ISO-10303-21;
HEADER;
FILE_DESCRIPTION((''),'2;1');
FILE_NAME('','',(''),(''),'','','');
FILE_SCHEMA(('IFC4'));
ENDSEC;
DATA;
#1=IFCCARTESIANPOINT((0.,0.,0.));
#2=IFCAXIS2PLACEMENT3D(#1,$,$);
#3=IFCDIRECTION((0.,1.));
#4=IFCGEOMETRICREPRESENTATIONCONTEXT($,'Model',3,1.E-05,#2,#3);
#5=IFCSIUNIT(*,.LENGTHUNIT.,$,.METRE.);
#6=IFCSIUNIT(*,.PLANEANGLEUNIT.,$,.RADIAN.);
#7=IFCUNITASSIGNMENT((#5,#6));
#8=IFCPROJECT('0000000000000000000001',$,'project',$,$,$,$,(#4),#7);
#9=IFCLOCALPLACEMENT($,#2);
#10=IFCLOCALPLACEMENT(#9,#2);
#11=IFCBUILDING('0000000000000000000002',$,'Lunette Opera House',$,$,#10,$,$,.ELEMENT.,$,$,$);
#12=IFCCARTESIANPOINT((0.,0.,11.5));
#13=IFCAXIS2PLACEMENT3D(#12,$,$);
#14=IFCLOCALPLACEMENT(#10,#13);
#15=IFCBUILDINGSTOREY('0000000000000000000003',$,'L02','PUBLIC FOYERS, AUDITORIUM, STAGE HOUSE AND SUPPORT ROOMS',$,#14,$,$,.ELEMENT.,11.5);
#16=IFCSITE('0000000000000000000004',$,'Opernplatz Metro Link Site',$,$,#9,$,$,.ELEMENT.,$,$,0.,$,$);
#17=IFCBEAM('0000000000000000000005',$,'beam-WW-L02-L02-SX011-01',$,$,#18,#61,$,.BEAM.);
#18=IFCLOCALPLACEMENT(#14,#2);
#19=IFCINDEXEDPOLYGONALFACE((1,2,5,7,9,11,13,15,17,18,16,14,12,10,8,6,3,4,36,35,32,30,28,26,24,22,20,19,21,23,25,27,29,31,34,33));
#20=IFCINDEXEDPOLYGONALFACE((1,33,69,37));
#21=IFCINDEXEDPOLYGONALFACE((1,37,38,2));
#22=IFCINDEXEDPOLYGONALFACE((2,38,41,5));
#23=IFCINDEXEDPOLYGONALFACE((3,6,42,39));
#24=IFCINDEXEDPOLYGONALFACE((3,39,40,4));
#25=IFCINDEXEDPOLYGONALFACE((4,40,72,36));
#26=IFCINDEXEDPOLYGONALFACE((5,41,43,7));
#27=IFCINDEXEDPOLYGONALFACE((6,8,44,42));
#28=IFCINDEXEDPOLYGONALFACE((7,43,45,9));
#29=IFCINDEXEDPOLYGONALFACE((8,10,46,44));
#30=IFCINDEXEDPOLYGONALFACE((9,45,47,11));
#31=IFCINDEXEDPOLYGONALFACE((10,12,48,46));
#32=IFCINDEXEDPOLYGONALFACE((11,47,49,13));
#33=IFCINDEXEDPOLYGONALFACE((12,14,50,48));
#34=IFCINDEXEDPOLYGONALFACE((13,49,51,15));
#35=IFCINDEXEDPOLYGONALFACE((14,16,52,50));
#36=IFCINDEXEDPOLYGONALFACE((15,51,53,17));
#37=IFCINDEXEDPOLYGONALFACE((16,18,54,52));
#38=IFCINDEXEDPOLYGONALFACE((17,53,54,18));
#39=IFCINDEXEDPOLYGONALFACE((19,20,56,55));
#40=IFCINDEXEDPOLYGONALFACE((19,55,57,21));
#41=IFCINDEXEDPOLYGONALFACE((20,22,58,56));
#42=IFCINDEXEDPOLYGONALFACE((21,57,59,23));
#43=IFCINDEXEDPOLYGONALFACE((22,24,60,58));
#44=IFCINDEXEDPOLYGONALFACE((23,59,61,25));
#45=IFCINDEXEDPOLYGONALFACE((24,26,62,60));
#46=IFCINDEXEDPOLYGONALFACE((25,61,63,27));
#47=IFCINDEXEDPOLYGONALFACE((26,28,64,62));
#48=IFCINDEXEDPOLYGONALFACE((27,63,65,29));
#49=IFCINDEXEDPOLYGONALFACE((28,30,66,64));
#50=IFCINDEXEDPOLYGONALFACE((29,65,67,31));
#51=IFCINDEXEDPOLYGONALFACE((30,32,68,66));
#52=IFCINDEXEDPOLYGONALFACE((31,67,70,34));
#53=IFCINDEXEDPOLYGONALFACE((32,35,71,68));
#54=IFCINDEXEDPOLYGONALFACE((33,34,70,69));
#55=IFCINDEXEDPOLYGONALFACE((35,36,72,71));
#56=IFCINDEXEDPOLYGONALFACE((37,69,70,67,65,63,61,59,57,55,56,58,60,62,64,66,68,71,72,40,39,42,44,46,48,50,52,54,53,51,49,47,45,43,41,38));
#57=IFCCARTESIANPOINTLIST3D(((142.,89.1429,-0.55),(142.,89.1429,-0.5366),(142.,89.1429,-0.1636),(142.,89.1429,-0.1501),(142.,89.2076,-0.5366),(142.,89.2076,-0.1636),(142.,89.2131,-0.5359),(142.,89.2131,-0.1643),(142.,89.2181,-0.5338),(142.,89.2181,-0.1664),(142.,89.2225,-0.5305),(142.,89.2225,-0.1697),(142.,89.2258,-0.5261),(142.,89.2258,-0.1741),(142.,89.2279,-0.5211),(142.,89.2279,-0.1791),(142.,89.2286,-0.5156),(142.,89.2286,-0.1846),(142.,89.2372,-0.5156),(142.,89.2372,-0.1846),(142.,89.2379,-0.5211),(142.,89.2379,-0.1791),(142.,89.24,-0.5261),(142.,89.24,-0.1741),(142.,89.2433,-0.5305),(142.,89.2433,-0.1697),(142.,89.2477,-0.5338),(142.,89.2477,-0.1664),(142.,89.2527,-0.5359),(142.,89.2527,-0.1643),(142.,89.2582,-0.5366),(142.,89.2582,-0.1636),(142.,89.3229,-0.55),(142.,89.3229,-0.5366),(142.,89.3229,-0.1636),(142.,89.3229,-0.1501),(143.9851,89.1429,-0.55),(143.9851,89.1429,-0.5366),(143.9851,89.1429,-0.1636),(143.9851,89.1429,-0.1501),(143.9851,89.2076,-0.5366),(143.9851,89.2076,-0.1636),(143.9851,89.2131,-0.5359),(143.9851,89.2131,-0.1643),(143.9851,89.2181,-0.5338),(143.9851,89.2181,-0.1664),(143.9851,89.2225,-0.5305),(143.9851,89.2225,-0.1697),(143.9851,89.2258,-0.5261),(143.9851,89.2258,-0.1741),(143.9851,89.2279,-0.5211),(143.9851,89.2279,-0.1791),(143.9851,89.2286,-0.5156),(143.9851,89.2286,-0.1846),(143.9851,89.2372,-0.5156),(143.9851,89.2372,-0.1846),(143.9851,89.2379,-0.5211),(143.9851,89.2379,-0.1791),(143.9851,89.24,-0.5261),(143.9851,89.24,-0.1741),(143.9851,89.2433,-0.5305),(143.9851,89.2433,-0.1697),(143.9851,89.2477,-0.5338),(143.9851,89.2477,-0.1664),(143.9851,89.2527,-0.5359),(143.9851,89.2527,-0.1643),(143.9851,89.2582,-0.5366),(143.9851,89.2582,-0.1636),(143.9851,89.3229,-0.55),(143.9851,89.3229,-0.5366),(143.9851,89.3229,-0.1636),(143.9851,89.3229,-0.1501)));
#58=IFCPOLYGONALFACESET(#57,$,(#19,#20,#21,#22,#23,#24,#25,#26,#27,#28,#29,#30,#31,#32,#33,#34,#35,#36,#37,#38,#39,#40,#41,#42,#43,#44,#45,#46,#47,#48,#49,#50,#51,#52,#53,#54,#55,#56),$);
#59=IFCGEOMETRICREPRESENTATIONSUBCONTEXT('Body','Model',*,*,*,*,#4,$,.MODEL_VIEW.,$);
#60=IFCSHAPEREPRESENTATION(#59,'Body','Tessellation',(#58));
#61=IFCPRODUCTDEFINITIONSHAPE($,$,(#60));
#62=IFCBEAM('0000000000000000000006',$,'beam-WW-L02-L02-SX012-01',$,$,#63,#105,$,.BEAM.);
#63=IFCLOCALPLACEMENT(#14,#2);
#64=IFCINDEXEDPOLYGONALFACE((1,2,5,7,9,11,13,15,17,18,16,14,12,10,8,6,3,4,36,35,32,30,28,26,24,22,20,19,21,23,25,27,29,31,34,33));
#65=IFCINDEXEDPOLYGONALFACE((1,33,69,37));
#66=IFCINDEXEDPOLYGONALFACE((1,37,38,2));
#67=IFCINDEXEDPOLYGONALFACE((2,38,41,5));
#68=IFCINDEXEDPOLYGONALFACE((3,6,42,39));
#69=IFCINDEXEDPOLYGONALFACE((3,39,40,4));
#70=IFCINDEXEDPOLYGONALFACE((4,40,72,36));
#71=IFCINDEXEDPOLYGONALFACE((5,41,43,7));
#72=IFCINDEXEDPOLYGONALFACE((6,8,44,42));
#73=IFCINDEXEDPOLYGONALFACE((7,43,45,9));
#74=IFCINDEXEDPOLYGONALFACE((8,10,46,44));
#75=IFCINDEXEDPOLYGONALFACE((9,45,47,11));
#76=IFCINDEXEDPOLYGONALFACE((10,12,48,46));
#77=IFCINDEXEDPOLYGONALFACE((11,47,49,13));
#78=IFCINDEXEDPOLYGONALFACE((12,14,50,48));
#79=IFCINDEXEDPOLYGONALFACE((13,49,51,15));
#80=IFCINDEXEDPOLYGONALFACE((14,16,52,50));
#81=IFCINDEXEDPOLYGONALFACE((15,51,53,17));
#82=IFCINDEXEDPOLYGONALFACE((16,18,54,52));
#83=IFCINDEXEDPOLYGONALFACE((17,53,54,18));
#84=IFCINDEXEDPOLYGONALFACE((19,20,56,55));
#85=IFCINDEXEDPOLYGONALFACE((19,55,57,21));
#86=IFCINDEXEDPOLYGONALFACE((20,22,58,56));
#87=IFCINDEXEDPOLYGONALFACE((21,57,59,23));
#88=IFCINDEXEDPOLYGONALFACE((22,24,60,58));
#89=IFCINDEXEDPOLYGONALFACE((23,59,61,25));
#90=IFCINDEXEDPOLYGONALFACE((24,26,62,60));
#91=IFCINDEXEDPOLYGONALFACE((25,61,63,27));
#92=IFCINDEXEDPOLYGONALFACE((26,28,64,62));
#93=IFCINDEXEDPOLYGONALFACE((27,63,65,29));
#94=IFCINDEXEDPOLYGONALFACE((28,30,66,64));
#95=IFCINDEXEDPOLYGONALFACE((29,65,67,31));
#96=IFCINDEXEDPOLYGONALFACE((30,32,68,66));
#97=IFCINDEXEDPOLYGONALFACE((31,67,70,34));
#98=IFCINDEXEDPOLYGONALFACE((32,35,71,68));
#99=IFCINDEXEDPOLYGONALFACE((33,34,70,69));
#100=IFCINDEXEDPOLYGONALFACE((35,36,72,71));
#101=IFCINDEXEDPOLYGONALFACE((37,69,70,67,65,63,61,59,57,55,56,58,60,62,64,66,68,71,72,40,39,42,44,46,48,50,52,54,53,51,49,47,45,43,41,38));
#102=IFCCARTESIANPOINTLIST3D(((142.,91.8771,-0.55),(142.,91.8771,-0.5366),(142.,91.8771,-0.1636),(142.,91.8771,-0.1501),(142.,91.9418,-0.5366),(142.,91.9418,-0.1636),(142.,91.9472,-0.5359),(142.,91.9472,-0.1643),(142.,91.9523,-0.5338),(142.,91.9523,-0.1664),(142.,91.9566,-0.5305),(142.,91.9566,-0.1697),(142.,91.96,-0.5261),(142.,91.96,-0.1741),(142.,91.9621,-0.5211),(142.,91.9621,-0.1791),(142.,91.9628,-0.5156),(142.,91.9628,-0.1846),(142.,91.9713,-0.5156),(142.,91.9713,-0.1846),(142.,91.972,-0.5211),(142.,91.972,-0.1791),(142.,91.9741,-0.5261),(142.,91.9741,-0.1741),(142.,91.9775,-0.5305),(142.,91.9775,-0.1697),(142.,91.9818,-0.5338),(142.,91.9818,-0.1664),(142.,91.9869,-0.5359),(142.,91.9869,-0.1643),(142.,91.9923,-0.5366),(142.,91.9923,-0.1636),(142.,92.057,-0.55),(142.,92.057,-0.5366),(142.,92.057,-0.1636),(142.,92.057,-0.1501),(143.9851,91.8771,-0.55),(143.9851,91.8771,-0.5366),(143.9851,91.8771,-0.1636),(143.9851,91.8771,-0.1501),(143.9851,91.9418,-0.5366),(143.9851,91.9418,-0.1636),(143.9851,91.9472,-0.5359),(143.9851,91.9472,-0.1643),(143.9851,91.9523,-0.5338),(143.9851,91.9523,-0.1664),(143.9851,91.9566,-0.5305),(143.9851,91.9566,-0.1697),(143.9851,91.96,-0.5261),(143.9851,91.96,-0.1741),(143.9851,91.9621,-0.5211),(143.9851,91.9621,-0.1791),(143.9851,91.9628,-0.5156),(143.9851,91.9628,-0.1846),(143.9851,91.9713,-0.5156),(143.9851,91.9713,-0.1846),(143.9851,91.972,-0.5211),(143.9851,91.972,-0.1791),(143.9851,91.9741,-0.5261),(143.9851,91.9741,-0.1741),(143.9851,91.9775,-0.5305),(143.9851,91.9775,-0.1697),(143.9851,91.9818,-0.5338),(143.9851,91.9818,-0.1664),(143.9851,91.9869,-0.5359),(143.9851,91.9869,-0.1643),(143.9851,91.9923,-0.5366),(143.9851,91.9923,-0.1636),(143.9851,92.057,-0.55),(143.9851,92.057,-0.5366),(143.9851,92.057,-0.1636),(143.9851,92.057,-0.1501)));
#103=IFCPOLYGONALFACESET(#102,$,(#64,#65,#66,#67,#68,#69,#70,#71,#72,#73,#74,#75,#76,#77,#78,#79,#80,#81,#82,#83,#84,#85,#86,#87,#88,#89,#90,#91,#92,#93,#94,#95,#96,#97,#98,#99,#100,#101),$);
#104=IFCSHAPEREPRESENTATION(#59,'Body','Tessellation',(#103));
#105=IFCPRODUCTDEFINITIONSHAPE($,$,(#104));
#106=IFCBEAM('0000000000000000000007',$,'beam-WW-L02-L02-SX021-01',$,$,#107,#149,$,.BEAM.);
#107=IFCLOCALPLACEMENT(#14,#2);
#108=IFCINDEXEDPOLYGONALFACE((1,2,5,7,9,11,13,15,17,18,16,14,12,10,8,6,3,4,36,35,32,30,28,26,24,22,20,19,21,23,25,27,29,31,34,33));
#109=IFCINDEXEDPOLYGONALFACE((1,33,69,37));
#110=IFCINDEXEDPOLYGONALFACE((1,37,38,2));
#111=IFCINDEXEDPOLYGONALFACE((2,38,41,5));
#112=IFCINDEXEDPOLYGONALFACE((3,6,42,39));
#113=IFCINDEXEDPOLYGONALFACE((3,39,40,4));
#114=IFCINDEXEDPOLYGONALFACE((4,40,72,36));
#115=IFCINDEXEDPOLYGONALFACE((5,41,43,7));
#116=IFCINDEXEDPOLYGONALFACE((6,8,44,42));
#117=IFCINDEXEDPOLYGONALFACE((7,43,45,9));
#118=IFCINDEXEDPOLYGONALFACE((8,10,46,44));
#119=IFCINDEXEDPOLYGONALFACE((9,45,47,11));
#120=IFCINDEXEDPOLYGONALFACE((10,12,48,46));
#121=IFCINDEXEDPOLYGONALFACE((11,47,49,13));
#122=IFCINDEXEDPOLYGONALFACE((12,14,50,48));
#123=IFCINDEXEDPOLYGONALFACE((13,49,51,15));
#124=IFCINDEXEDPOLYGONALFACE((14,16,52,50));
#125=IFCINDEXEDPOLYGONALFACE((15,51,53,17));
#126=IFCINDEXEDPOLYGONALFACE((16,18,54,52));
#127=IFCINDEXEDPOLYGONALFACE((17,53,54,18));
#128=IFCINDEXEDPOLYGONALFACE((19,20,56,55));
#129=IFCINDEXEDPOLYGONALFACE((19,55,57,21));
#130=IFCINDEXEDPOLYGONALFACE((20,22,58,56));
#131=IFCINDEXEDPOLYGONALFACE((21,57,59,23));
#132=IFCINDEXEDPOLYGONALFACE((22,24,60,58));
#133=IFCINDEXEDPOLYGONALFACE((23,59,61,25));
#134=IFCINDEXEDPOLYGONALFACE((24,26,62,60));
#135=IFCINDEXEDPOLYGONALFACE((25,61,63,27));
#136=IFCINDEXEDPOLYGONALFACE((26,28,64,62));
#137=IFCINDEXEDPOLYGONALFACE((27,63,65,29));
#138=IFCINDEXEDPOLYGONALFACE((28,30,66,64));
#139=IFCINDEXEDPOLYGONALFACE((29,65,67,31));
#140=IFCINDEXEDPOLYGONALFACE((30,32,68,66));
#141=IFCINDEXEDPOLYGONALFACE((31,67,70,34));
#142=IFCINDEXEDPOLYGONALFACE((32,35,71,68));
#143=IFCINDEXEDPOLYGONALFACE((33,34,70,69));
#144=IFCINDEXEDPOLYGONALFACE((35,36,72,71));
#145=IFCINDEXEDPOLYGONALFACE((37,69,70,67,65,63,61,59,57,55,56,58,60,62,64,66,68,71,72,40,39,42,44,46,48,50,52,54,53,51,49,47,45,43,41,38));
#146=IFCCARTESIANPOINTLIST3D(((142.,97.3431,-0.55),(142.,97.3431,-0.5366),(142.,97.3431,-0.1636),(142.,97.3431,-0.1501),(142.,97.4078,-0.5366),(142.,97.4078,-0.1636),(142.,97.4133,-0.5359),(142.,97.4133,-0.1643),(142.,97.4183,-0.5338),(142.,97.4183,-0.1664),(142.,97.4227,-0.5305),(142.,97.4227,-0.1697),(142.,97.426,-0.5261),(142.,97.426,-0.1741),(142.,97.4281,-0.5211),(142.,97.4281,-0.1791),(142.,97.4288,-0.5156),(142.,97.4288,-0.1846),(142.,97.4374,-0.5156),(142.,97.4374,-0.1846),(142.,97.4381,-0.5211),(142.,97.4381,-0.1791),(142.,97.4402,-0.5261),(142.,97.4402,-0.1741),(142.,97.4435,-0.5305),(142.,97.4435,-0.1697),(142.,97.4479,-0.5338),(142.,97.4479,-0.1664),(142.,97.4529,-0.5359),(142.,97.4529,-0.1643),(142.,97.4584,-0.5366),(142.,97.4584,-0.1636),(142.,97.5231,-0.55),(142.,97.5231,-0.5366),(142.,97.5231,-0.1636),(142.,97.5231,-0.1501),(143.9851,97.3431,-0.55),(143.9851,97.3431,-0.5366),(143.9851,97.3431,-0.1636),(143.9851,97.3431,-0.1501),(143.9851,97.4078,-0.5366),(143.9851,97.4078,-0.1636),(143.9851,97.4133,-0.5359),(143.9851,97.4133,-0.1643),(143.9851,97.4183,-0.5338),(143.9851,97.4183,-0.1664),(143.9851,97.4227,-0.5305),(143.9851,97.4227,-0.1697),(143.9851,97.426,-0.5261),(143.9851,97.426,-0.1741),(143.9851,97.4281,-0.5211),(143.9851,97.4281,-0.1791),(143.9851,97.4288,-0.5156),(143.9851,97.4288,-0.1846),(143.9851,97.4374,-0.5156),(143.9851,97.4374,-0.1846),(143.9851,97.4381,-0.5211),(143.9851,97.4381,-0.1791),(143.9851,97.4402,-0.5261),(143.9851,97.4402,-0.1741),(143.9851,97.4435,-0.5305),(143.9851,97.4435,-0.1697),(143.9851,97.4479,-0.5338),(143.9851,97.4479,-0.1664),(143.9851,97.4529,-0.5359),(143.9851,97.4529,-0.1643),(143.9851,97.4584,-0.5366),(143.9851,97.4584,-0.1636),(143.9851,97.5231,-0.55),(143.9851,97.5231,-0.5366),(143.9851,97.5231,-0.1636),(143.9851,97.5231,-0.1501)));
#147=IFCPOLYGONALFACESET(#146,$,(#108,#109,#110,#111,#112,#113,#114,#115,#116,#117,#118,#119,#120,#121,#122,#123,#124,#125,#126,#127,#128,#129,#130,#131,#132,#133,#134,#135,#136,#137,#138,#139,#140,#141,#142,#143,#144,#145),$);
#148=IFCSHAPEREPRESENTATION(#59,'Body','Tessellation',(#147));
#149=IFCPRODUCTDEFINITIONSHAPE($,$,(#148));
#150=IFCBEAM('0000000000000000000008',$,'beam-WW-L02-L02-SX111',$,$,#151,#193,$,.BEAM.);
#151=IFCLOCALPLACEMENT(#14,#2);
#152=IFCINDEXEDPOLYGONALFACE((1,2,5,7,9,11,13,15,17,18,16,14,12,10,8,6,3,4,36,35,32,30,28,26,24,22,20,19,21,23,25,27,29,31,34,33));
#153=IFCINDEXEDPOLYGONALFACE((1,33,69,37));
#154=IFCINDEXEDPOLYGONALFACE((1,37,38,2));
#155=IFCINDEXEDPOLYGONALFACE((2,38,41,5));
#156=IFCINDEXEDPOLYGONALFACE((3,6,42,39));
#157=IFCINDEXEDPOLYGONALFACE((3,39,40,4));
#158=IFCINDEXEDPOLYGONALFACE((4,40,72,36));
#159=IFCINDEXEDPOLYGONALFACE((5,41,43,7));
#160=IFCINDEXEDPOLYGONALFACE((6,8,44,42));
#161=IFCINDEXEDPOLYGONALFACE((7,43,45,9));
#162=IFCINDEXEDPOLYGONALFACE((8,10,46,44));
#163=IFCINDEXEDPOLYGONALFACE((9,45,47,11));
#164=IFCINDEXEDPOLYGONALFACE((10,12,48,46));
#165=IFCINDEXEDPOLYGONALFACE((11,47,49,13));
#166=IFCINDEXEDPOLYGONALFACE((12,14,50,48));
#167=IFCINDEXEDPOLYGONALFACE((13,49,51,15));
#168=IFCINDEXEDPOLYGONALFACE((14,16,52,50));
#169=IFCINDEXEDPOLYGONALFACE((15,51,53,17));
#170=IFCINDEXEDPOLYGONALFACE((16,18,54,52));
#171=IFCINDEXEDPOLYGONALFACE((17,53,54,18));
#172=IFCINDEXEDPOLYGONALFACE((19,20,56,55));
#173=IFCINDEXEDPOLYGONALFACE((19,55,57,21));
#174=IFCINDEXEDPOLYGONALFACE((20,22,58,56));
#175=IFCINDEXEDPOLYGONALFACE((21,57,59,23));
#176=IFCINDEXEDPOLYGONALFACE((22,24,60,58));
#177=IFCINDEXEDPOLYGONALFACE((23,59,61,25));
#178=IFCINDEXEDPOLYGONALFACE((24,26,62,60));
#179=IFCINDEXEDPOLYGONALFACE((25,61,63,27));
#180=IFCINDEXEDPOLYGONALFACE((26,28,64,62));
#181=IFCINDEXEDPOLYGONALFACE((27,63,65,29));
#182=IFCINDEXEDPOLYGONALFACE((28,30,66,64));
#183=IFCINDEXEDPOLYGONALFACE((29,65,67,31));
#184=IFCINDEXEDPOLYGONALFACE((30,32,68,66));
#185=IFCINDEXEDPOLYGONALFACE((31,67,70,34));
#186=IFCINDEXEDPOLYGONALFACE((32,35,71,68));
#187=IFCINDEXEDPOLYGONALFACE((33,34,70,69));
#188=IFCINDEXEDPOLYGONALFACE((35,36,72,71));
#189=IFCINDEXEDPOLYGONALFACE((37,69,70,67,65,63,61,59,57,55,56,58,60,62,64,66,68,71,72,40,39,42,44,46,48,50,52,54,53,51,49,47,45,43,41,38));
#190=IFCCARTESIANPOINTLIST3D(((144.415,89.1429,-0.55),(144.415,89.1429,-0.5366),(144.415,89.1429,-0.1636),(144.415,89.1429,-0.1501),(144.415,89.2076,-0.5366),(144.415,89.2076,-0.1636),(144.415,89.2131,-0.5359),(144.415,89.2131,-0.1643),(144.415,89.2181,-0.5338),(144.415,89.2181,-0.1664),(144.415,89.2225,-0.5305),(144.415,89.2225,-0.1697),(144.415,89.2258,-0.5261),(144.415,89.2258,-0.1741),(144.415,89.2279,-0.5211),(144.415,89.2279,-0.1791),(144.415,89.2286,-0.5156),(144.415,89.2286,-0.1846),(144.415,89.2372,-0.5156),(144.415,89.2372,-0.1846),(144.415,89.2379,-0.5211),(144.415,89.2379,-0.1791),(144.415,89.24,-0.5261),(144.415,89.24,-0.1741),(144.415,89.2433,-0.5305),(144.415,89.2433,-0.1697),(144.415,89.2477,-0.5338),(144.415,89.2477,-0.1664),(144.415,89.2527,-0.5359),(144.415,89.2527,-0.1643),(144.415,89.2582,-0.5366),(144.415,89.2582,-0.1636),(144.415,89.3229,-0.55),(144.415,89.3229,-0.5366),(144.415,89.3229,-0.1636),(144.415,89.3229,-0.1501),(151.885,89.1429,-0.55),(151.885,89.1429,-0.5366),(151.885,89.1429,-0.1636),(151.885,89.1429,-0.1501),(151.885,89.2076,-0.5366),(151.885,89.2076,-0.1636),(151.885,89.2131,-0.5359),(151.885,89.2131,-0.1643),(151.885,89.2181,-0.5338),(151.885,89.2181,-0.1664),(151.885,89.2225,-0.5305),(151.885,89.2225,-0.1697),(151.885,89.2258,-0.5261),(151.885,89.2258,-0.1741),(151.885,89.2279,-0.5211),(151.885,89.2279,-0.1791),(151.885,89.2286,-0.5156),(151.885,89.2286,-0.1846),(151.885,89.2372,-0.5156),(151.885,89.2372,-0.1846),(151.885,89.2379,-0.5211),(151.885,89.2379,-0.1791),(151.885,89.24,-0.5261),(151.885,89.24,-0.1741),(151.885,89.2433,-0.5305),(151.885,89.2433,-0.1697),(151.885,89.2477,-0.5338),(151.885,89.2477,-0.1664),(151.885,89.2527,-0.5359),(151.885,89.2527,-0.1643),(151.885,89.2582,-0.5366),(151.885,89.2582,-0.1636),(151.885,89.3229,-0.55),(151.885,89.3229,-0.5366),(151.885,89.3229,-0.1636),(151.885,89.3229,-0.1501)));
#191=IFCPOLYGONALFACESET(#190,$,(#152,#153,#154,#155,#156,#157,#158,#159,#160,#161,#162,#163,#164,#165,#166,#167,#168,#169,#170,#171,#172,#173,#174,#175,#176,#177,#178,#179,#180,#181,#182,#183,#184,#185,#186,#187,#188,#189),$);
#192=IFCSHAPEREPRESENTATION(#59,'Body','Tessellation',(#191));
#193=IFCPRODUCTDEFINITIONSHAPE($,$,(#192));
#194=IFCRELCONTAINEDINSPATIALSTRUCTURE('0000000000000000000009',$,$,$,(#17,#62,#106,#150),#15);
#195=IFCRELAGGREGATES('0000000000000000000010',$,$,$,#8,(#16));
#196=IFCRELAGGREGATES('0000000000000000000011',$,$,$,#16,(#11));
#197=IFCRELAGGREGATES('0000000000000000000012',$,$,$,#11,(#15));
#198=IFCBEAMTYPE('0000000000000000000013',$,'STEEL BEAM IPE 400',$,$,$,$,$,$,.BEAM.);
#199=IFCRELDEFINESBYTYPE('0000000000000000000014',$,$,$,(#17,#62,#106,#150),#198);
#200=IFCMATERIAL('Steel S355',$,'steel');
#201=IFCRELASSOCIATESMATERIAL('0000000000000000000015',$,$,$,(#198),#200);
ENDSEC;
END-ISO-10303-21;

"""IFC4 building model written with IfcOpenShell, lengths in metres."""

from ifc_helpers import new_model, si_unit, direction, frame, origin, origin_2d, place, context, subcontext, project, spatial, i_section, extrude, material, material_profile, profile_set, type_object, element, save


model = new_model("IFC4")

# Units and contexts
model_context = context("Model", 3, precision=1e-05, world=origin(), true_north=direction((0.0, 1.0)))
body_context = subcontext(model_context, "Body", "Model", "MODEL_VIEW")
ifc_project = project(units=[si_unit("LENGTHUNIT", "METRE"), si_unit("PLANEANGLEUNIT", "RADIAN")], contexts=[model_context])

# Site, building, storey
site_placement = place(None, origin())
site = spatial("IfcSite", under=ifc_project, at=site_placement, Name="Opernplatz Metro Link Site", CompositionType="ELEMENT", RefElevation=0.0)
building_placement = place(site_placement, origin())
building = spatial("IfcBuilding", under=site, at=building_placement, Name="Lunette Opera House", CompositionType="ELEMENT")
storey_placement = place(building_placement, frame((0.0, 0.0, 11.5)))
storey = spatial("IfcBuildingStorey", under=building, at=storey_placement, Name="L02", Description="PUBLIC FOYERS, AUDITORIUM, STAGE HOUSE AND SUPPORT ROOMS", CompositionType="ELEMENT", Elevation=11.5)

# Beams
ifc_material_1 = material(Name="Steel S355", Category="steel")
ifc_material_profile_1 = material_profile(ifc_material_1, i_section(OverallWidth=0.1799, OverallDepth=0.3999, WebThickness=0.0085, FlangeThickness=0.0134, FilletRadius=0.021, at=origin_2d()), Name="IPE 400")
ifc_profile_set_1 = profile_set([ifc_material_profile_1], Name="Steel S355")
beam_type_1 = type_object("IfcBeamType", Name="STEEL BEAM IPE 400", PredefinedType="BEAM", material=ifc_profile_set_1)
for number, where, z_axis, x_axis, name in (
    (1, (142.0, 89.2329, -0.3501), (1.0, 0.0, 0.0), (0.0, 1.0, 0.0), "beam-WW-L02-L02-SX011-01"),
    (2, (142.0, 91.967, -0.3501), (1.0, 0.0, 0.0), (0.0, 1.0, 0.0), "beam-WW-L02-L02-SX012-01"),
    (3, (142.0, 97.4331, -0.3501), (1.0, 0.0, 0.0), (0.0, 1.0, 0.0), "beam-WW-L02-L02-SX021-01"),
):
    element("IfcBeam", number, at=place(storey_placement, frame(where, z_axis=z_axis, x_axis=x_axis)), inside=storey, type_object=beam_type_1, Name=name, PredefinedType="BEAM", context=body_context, shape_type="SweptSolid", body=[
        extrude(i_section(OverallWidth=0.1799, OverallDepth=0.3999, WebThickness=0.0085, FlangeThickness=0.0134, FilletRadius=0.021, at=origin_2d()), origin(), (0.0, 0.0, 1.0), 1.9851),
    ])
for number, where, z_axis, x_axis, name in (
    (4, (144.415, 89.2329, -0.3501), (1.0, 0.0, 0.0), (0.0, 1.0, 0.0), "beam-WW-L02-L02-SX111"),
):
    element("IfcBeam", number, at=place(storey_placement, frame(where, z_axis=z_axis, x_axis=x_axis)), inside=storey, type_object=beam_type_1, Name=name, PredefinedType="BEAM", context=body_context, shape_type="SweptSolid", body=[
        extrude(i_section(OverallWidth=0.1799, OverallDepth=0.3999, WebThickness=0.0085, FlangeThickness=0.0134, FilletRadius=0.021, at=origin_2d()), origin(), (0.0, 0.0, 1.0), 7.47),
    ])

save(model, "model.ifc")
